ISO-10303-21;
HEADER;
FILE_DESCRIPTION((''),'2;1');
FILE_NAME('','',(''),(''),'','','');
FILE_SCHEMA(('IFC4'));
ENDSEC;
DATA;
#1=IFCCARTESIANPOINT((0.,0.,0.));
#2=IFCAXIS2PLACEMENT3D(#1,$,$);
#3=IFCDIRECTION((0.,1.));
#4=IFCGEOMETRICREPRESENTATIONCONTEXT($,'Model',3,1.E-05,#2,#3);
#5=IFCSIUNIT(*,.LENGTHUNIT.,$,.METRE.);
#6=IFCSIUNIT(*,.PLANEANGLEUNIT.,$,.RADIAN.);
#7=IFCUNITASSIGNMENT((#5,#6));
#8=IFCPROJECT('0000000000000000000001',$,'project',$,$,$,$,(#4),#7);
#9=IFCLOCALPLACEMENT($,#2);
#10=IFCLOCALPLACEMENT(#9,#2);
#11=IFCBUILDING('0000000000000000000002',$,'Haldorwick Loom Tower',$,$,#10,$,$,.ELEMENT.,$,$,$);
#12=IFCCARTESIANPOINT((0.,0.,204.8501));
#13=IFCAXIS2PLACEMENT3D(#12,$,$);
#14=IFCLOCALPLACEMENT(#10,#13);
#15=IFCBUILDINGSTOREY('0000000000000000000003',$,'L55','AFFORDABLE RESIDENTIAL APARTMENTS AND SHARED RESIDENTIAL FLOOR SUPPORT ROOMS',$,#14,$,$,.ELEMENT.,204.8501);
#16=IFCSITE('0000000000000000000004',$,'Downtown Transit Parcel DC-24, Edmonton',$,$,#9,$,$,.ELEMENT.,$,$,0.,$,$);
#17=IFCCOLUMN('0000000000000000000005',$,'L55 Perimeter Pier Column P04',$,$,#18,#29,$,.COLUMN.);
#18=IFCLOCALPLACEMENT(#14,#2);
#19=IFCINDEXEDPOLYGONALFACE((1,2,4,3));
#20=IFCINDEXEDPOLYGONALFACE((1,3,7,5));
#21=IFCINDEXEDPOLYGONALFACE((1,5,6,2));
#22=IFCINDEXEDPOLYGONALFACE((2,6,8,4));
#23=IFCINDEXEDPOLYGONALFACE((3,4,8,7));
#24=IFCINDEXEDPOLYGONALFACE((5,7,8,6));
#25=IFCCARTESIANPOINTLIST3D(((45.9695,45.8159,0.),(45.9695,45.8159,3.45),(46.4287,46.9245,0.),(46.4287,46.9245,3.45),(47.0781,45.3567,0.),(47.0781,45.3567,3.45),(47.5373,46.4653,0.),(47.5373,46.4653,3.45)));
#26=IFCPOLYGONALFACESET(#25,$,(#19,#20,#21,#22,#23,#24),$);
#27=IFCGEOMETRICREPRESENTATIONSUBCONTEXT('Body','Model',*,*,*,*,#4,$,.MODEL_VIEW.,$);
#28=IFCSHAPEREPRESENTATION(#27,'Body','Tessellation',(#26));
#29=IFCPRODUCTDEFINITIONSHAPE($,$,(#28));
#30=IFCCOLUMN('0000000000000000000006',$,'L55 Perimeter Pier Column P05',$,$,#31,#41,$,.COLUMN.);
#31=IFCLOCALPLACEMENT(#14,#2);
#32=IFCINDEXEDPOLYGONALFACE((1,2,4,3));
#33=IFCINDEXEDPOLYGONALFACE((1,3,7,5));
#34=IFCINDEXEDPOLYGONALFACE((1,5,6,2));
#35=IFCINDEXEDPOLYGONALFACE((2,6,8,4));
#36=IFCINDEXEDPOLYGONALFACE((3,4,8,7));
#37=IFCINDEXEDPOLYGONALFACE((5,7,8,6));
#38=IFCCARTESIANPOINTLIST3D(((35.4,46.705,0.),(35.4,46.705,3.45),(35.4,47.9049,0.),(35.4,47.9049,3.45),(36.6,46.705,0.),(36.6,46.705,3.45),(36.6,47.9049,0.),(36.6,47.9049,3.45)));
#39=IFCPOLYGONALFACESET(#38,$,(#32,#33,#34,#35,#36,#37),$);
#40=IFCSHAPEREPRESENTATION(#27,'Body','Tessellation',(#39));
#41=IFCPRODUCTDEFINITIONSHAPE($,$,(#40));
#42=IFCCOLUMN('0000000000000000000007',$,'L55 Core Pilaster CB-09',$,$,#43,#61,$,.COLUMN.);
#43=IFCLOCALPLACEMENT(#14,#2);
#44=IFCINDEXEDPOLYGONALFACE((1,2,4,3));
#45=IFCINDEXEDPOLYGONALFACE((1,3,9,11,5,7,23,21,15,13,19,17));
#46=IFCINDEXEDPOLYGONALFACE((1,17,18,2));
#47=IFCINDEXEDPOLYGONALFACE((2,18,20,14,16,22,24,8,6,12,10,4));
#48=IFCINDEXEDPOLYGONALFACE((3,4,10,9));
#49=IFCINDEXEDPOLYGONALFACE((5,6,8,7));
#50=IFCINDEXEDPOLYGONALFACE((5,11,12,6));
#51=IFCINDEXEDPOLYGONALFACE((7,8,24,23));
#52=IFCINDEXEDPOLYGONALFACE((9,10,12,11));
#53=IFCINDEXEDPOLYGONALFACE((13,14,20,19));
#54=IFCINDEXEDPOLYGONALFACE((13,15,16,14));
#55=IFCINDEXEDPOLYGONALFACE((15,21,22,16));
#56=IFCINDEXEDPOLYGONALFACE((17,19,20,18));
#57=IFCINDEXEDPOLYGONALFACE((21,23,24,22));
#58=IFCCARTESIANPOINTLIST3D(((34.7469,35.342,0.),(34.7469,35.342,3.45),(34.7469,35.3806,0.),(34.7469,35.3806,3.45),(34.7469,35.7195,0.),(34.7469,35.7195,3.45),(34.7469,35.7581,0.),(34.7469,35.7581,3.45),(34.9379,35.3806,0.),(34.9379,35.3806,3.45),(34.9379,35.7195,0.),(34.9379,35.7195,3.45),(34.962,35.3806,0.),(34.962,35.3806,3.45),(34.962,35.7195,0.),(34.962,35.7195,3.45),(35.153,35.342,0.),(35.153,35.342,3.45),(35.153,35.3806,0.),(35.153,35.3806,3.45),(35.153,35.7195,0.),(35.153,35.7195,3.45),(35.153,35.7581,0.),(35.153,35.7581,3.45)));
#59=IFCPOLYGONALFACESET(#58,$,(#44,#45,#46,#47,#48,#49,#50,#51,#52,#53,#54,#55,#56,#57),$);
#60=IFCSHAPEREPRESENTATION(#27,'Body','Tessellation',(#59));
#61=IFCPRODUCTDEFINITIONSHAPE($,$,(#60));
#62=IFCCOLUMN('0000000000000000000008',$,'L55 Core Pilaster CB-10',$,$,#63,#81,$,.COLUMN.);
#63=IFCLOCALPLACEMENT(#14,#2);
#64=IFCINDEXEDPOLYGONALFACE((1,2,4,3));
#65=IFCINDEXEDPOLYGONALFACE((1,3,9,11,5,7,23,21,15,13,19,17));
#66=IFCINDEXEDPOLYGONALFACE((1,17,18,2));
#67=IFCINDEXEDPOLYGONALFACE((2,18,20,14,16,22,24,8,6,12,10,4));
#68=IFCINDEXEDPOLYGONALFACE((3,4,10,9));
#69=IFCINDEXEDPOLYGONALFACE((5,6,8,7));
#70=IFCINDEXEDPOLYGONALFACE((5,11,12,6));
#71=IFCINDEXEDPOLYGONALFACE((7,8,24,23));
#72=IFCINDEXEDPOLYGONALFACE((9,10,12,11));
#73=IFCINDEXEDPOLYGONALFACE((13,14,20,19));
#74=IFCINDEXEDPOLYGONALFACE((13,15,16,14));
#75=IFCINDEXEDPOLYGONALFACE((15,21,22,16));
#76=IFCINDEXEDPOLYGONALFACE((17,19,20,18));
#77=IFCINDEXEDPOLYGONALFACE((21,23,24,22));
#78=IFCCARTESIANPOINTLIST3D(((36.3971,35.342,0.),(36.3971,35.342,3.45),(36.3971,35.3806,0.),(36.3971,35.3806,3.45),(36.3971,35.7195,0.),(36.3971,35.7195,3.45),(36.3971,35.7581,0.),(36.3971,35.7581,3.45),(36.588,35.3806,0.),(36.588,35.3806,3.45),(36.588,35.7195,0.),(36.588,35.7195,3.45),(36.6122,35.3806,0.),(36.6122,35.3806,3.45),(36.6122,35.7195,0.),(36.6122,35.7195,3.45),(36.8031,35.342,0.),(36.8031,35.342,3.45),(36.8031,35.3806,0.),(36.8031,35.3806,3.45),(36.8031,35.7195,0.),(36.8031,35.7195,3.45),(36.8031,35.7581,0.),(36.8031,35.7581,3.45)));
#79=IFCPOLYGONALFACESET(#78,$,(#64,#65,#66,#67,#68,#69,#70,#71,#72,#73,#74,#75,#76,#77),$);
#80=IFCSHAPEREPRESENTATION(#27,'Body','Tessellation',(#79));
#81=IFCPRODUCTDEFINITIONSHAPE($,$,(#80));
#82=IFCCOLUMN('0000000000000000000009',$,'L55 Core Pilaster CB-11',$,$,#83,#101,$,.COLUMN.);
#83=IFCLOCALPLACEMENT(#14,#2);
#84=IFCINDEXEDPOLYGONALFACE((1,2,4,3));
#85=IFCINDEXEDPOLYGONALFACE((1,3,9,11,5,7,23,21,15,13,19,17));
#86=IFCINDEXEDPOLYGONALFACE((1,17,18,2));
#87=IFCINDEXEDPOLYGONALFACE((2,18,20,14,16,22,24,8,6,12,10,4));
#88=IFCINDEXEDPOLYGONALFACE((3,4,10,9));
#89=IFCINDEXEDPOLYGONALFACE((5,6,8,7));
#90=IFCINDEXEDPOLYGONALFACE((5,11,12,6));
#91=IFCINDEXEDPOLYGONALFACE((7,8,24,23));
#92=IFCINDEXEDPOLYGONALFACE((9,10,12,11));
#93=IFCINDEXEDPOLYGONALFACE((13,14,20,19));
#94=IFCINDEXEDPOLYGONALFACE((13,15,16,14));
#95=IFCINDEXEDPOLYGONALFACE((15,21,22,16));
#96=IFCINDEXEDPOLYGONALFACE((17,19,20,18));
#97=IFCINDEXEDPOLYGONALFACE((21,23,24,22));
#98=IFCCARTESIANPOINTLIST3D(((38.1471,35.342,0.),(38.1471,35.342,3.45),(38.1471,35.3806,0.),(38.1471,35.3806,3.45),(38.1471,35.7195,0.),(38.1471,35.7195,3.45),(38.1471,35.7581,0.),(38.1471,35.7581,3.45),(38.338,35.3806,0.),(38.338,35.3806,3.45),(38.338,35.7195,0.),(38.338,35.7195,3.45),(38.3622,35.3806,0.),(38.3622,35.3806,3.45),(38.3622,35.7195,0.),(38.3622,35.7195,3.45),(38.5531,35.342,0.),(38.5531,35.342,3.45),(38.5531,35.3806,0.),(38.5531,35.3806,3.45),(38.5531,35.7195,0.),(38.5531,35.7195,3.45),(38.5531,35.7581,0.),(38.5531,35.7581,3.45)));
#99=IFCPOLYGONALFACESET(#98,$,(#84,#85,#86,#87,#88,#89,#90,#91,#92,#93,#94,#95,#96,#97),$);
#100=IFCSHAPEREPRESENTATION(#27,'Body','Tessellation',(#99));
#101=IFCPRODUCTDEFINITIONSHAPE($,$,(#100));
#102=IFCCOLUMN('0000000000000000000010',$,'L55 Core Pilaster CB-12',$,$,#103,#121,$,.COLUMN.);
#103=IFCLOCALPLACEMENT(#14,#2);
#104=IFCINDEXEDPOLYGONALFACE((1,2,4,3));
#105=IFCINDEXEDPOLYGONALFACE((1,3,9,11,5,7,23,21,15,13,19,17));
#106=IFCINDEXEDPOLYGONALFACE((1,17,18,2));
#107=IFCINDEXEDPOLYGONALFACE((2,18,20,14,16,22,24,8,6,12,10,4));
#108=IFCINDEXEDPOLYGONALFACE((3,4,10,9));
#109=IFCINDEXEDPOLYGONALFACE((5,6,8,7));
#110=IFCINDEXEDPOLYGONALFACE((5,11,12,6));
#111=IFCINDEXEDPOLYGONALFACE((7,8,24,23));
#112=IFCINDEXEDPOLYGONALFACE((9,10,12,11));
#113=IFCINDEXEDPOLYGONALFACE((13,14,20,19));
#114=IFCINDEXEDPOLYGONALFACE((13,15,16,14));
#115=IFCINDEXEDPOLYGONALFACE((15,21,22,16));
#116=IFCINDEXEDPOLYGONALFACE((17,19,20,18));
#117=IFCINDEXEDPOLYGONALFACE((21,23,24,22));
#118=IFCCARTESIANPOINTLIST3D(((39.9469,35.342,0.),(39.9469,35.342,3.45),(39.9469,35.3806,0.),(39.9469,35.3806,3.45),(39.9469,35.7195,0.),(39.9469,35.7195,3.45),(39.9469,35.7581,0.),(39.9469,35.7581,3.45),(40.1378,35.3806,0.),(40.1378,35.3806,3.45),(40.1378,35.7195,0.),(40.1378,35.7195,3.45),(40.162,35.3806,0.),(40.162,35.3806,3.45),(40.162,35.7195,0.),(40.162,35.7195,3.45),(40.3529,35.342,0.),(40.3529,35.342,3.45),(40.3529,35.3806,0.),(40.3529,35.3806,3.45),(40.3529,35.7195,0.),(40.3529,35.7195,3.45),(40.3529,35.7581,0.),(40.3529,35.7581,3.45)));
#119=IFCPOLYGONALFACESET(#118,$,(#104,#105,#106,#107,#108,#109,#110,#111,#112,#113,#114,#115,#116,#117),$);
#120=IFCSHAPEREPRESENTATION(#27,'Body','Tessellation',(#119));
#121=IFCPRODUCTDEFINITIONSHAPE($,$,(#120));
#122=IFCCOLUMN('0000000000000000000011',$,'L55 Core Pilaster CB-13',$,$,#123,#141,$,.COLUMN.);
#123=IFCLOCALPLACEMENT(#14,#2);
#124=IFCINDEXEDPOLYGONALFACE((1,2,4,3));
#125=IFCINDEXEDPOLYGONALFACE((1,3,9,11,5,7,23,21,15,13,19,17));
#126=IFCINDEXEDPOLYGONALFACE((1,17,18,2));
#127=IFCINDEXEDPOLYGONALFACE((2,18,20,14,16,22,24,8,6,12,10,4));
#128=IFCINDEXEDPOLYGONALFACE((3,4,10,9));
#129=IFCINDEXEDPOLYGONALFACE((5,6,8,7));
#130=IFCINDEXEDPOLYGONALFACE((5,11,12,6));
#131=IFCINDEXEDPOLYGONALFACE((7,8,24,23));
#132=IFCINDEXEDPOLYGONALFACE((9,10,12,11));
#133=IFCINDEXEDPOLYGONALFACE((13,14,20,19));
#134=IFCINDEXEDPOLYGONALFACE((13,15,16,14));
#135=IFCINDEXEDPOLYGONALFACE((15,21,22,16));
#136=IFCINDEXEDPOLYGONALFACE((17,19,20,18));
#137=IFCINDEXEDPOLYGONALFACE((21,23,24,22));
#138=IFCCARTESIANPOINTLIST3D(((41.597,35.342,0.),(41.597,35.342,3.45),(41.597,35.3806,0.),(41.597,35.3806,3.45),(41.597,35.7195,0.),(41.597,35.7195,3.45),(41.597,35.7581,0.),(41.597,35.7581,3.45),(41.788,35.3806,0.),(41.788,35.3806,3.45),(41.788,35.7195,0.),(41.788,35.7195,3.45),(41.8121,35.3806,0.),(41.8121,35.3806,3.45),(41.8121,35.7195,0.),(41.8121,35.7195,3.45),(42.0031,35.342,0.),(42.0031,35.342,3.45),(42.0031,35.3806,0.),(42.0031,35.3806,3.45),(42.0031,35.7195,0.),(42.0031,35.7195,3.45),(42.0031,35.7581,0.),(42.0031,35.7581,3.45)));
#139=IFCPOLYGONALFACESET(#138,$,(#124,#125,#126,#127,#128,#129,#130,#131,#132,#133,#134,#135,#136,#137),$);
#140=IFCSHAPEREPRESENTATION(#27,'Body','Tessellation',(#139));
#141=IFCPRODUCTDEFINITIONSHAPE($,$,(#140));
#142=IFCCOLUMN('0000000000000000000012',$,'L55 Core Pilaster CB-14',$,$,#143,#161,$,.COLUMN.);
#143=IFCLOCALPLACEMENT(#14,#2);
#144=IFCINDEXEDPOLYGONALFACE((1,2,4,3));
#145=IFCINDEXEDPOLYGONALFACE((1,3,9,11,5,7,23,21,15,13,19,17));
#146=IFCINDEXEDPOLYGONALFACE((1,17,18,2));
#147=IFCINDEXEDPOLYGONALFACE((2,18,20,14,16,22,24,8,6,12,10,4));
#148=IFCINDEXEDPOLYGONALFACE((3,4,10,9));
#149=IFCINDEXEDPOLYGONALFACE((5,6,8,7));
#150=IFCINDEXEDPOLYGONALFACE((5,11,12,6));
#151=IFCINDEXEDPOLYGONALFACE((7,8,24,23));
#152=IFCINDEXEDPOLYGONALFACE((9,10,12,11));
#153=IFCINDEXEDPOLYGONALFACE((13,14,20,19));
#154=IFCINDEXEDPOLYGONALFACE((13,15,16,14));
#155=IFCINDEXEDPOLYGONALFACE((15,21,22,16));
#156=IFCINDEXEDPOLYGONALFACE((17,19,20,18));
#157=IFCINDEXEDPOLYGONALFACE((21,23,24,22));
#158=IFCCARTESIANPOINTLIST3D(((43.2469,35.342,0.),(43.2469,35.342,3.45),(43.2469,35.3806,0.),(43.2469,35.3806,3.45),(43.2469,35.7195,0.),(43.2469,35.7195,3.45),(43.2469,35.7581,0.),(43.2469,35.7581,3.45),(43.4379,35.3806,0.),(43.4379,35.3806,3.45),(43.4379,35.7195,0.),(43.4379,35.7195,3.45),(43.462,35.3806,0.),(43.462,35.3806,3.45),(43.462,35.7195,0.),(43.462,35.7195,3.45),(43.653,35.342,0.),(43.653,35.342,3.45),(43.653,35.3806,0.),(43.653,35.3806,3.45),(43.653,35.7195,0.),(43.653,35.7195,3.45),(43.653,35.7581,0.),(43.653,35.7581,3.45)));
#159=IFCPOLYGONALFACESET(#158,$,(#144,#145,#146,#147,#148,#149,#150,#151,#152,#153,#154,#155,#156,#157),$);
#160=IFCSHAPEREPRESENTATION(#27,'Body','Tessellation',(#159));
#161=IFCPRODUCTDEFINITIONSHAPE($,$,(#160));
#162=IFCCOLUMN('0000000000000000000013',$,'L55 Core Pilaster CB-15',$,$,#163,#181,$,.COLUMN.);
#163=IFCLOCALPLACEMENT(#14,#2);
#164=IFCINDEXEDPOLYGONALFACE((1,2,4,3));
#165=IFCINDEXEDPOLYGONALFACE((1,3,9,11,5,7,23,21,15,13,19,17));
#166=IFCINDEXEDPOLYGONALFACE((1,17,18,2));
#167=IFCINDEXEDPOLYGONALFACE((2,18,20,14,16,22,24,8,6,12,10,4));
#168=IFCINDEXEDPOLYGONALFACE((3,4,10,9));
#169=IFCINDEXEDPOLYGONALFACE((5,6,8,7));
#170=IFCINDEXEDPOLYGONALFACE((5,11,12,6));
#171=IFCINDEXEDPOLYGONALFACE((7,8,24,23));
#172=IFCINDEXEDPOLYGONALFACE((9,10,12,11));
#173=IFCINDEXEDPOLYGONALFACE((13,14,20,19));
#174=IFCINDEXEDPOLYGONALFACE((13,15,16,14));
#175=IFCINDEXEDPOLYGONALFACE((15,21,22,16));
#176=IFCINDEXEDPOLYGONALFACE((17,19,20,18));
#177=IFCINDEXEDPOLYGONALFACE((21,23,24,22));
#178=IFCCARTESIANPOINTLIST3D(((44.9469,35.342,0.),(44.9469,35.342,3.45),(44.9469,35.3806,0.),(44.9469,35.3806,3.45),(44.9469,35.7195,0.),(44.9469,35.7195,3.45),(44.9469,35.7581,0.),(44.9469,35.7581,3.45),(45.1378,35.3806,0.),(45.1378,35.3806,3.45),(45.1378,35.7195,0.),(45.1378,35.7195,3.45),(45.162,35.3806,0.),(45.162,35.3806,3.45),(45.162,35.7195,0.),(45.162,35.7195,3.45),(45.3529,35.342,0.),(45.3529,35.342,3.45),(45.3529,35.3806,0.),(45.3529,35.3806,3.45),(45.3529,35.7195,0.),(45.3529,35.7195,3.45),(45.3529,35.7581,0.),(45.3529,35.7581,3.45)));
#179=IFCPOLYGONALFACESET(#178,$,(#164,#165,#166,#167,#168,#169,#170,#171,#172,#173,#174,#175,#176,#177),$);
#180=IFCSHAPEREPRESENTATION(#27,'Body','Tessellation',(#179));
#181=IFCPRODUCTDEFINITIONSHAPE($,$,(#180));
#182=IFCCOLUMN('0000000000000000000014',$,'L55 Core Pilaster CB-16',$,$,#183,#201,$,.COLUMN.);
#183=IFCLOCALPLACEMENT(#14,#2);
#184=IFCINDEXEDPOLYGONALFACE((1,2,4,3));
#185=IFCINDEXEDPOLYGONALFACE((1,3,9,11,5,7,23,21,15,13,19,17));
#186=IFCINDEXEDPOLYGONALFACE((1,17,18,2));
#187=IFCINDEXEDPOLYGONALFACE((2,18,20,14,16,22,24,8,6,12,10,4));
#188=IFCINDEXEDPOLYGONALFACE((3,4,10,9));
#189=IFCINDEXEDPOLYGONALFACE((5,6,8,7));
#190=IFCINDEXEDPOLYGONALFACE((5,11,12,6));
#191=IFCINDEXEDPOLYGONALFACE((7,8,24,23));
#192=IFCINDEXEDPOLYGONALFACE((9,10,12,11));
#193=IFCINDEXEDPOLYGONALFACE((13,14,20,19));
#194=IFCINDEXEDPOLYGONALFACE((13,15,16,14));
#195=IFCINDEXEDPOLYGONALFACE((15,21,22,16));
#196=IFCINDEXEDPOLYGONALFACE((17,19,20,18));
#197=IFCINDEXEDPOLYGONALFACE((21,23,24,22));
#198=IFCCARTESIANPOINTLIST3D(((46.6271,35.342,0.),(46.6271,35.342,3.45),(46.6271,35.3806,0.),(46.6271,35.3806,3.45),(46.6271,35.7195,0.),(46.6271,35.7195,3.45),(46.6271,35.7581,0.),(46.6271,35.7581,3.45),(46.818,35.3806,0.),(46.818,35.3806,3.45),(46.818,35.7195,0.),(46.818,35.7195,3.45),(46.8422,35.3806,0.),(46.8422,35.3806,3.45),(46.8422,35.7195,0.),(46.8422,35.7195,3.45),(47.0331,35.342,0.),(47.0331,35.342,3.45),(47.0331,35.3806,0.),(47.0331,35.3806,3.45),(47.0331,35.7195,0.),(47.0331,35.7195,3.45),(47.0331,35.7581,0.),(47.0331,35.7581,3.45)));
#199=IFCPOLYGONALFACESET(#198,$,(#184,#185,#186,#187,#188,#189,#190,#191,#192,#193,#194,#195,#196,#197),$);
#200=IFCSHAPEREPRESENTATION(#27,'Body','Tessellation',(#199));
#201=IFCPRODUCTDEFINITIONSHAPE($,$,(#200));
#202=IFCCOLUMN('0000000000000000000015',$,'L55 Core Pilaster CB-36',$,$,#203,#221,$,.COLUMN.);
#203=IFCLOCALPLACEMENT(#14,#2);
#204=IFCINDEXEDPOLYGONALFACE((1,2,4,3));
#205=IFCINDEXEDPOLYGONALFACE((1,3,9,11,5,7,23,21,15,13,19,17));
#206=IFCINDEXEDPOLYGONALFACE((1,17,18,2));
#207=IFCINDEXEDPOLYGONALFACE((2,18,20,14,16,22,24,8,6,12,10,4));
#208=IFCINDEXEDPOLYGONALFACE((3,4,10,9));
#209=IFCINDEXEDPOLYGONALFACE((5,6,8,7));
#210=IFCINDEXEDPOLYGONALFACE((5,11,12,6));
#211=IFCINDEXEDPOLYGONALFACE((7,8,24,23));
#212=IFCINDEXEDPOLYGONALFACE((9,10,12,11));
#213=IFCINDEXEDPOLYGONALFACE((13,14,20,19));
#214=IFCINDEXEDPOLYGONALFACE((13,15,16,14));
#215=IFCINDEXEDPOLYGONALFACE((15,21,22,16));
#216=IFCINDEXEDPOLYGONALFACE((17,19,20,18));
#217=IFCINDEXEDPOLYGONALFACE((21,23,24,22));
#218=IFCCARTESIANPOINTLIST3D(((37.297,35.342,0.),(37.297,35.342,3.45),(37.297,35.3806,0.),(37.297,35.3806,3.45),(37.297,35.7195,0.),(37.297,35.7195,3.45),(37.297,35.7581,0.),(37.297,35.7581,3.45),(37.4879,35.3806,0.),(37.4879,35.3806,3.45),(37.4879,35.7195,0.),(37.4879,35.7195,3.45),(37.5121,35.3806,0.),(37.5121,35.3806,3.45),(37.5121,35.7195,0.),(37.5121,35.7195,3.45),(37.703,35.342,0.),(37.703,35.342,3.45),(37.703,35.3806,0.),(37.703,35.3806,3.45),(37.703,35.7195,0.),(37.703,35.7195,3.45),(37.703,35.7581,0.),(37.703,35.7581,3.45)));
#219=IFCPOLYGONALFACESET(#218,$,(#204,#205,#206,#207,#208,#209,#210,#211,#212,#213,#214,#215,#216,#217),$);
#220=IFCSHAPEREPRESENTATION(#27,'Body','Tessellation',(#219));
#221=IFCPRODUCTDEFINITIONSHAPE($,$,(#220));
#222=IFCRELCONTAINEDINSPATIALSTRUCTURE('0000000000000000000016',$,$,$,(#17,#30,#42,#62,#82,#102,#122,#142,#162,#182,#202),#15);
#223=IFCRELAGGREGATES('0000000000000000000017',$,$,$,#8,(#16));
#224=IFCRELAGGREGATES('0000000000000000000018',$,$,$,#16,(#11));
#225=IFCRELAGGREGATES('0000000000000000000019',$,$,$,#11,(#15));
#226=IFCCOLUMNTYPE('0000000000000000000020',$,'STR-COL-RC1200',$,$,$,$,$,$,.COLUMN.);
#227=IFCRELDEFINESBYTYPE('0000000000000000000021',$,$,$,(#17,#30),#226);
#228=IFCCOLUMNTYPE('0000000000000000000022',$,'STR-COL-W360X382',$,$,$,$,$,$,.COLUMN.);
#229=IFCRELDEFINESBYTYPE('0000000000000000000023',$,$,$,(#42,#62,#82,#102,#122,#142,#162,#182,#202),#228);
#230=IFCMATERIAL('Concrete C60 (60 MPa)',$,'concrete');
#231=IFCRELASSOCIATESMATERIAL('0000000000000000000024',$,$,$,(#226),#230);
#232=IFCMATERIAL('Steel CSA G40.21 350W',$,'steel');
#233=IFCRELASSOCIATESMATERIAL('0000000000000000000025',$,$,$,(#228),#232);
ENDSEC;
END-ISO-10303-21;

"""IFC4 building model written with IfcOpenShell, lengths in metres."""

from ifc_helpers import new_model, si_unit, direction, frame, origin, origin_2d, place, context, subcontext, project, spatial, rectangle, i_section, extrude, material, material_profile, profile_set, type_object, element, save


model = new_model("IFC4")

# Units and contexts
model_context = context("Model", 3, precision=1e-05, world=origin(), true_north=direction((0.0, 1.0)))
body_context = subcontext(model_context, "Body", "Model", "MODEL_VIEW")
ifc_project = project(units=[si_unit("LENGTHUNIT", "METRE"), si_unit("PLANEANGLEUNIT", "RADIAN")], contexts=[model_context])

# Site, building, storey
site_placement = place(None, origin())
site = spatial("IfcSite", under=ifc_project, at=site_placement, Name="Downtown Transit Parcel DC-24, Edmonton", CompositionType="ELEMENT", RefElevation=0.0)
building_placement = place(site_placement, origin())
building = spatial("IfcBuilding", under=site, at=building_placement, Name="Haldorwick Loom Tower", CompositionType="ELEMENT")
storey_placement = place(building_placement, frame((0.0, 0.0, 204.8501)))
storey = spatial("IfcBuildingStorey", under=building, at=storey_placement, Name="L55", Description="AFFORDABLE RESIDENTIAL APARTMENTS AND SHARED RESIDENTIAL FLOOR SUPPORT ROOMS", CompositionType="ELEMENT", Elevation=204.8501)

# Columns
ifc_material_1 = material(Name="Concrete C60 (60 MPa)", Category="concrete")
ifc_material_profile_1 = material_profile(ifc_material_1, rectangle(XDim=1.2, YDim=1.2, at=origin_2d()), Name="RC1200X1200", Category="concrete")
ifc_profile_set_1 = profile_set([ifc_material_profile_1], Name="Concrete C60 (60 MPa)")
column_type_1 = type_object("IfcColumnType", Name="STR-COL-RC1200", PredefinedType="COLUMN", material=ifc_profile_set_1)
for number, where, z_axis, x_axis, name in (
    (1, (46.7534, 46.1406, 0.0), (0.0, 0.0, 1.0), (0.382683, 0.92388, 0.0), "L55 Perimeter Pier Column P04"),
    (2, (36.0, 47.3049, 0.0), (0.0, 0.0, 1.0), (0.0, 1.0, 0.0), "L55 Perimeter Pier Column P05"),
):
    element("IfcColumn", number, at=place(storey_placement, frame(where, z_axis=z_axis, x_axis=x_axis)), inside=storey, type_object=column_type_1, Name=name, PredefinedType="COLUMN", context=body_context, shape_type="SweptSolid", body=[
        extrude(rectangle(XDim=1.2, YDim=1.2, at=origin_2d()), origin(), (0.0, 0.0, 1.0), 3.45),
    ])
ifc_material_2 = material(Name="Steel CSA G40.21 350W", Category="steel")
ifc_material_profile_2 = material_profile(ifc_material_2, i_section(OverallWidth=0.406, OverallDepth=0.416, WebThickness=0.0242, FlangeThickness=0.0386, at=origin_2d()), Name="W360X382", Category="steel")
ifc_profile_set_2 = profile_set([ifc_material_profile_2], Name="Steel CSA G40.21 350W")
column_type_2 = type_object("IfcColumnType", Name="STR-COL-W360X382", PredefinedType="COLUMN", material=ifc_profile_set_2)
for number, where, z_axis, x_axis, name in (
    (3, (34.95, 35.55, 0.0), (0.0, 0.0, 1.0), (1.0, 0.0, 0.0), "L55 Core Pilaster CB-09"),
    (4, (36.6001, 35.55, 0.0), (0.0, 0.0, 1.0), (1.0, 0.0, 0.0), "L55 Core Pilaster CB-10"),
    (5, (38.3501, 35.55, 0.0), (0.0, 0.0, 1.0), (1.0, 0.0, 0.0), "L55 Core Pilaster CB-11"),
    (6, (40.1499, 35.55, 0.0), (0.0, 0.0, 1.0), (1.0, 0.0, 0.0), "L55 Core Pilaster CB-12"),
    (7, (41.8, 35.55, 0.0), (0.0, 0.0, 1.0), (1.0, 0.0, 0.0), "L55 Core Pilaster CB-13"),
    (8, (43.45, 35.55, 0.0), (0.0, 0.0, 1.0), (1.0, 0.0, 0.0), "L55 Core Pilaster CB-14"),
    (9, (45.1499, 35.55, 0.0), (0.0, 0.0, 1.0), (1.0, 0.0, 0.0), "L55 Core Pilaster CB-15"),
    (10, (46.8301, 35.55, 0.0), (0.0, 0.0, 1.0), (1.0, 0.0, 0.0), "L55 Core Pilaster CB-16"),
    (11, (37.5, 35.55, 0.0), (0.0, 0.0, 1.0), (1.0, 0.0, 0.0), "L55 Core Pilaster CB-36"),
):
    element("IfcColumn", number, at=place(storey_placement, frame(where, z_axis=z_axis, x_axis=x_axis)), inside=storey, type_object=column_type_2, Name=name, PredefinedType="COLUMN", context=body_context, shape_type="SweptSolid", body=[
        extrude(i_section(OverallWidth=0.406, OverallDepth=0.416, WebThickness=0.0242, FlangeThickness=0.0386, at=origin_2d()), origin(), (0.0, 0.0, 1.0), 3.45),
    ])

save(model, "model.ifc")
